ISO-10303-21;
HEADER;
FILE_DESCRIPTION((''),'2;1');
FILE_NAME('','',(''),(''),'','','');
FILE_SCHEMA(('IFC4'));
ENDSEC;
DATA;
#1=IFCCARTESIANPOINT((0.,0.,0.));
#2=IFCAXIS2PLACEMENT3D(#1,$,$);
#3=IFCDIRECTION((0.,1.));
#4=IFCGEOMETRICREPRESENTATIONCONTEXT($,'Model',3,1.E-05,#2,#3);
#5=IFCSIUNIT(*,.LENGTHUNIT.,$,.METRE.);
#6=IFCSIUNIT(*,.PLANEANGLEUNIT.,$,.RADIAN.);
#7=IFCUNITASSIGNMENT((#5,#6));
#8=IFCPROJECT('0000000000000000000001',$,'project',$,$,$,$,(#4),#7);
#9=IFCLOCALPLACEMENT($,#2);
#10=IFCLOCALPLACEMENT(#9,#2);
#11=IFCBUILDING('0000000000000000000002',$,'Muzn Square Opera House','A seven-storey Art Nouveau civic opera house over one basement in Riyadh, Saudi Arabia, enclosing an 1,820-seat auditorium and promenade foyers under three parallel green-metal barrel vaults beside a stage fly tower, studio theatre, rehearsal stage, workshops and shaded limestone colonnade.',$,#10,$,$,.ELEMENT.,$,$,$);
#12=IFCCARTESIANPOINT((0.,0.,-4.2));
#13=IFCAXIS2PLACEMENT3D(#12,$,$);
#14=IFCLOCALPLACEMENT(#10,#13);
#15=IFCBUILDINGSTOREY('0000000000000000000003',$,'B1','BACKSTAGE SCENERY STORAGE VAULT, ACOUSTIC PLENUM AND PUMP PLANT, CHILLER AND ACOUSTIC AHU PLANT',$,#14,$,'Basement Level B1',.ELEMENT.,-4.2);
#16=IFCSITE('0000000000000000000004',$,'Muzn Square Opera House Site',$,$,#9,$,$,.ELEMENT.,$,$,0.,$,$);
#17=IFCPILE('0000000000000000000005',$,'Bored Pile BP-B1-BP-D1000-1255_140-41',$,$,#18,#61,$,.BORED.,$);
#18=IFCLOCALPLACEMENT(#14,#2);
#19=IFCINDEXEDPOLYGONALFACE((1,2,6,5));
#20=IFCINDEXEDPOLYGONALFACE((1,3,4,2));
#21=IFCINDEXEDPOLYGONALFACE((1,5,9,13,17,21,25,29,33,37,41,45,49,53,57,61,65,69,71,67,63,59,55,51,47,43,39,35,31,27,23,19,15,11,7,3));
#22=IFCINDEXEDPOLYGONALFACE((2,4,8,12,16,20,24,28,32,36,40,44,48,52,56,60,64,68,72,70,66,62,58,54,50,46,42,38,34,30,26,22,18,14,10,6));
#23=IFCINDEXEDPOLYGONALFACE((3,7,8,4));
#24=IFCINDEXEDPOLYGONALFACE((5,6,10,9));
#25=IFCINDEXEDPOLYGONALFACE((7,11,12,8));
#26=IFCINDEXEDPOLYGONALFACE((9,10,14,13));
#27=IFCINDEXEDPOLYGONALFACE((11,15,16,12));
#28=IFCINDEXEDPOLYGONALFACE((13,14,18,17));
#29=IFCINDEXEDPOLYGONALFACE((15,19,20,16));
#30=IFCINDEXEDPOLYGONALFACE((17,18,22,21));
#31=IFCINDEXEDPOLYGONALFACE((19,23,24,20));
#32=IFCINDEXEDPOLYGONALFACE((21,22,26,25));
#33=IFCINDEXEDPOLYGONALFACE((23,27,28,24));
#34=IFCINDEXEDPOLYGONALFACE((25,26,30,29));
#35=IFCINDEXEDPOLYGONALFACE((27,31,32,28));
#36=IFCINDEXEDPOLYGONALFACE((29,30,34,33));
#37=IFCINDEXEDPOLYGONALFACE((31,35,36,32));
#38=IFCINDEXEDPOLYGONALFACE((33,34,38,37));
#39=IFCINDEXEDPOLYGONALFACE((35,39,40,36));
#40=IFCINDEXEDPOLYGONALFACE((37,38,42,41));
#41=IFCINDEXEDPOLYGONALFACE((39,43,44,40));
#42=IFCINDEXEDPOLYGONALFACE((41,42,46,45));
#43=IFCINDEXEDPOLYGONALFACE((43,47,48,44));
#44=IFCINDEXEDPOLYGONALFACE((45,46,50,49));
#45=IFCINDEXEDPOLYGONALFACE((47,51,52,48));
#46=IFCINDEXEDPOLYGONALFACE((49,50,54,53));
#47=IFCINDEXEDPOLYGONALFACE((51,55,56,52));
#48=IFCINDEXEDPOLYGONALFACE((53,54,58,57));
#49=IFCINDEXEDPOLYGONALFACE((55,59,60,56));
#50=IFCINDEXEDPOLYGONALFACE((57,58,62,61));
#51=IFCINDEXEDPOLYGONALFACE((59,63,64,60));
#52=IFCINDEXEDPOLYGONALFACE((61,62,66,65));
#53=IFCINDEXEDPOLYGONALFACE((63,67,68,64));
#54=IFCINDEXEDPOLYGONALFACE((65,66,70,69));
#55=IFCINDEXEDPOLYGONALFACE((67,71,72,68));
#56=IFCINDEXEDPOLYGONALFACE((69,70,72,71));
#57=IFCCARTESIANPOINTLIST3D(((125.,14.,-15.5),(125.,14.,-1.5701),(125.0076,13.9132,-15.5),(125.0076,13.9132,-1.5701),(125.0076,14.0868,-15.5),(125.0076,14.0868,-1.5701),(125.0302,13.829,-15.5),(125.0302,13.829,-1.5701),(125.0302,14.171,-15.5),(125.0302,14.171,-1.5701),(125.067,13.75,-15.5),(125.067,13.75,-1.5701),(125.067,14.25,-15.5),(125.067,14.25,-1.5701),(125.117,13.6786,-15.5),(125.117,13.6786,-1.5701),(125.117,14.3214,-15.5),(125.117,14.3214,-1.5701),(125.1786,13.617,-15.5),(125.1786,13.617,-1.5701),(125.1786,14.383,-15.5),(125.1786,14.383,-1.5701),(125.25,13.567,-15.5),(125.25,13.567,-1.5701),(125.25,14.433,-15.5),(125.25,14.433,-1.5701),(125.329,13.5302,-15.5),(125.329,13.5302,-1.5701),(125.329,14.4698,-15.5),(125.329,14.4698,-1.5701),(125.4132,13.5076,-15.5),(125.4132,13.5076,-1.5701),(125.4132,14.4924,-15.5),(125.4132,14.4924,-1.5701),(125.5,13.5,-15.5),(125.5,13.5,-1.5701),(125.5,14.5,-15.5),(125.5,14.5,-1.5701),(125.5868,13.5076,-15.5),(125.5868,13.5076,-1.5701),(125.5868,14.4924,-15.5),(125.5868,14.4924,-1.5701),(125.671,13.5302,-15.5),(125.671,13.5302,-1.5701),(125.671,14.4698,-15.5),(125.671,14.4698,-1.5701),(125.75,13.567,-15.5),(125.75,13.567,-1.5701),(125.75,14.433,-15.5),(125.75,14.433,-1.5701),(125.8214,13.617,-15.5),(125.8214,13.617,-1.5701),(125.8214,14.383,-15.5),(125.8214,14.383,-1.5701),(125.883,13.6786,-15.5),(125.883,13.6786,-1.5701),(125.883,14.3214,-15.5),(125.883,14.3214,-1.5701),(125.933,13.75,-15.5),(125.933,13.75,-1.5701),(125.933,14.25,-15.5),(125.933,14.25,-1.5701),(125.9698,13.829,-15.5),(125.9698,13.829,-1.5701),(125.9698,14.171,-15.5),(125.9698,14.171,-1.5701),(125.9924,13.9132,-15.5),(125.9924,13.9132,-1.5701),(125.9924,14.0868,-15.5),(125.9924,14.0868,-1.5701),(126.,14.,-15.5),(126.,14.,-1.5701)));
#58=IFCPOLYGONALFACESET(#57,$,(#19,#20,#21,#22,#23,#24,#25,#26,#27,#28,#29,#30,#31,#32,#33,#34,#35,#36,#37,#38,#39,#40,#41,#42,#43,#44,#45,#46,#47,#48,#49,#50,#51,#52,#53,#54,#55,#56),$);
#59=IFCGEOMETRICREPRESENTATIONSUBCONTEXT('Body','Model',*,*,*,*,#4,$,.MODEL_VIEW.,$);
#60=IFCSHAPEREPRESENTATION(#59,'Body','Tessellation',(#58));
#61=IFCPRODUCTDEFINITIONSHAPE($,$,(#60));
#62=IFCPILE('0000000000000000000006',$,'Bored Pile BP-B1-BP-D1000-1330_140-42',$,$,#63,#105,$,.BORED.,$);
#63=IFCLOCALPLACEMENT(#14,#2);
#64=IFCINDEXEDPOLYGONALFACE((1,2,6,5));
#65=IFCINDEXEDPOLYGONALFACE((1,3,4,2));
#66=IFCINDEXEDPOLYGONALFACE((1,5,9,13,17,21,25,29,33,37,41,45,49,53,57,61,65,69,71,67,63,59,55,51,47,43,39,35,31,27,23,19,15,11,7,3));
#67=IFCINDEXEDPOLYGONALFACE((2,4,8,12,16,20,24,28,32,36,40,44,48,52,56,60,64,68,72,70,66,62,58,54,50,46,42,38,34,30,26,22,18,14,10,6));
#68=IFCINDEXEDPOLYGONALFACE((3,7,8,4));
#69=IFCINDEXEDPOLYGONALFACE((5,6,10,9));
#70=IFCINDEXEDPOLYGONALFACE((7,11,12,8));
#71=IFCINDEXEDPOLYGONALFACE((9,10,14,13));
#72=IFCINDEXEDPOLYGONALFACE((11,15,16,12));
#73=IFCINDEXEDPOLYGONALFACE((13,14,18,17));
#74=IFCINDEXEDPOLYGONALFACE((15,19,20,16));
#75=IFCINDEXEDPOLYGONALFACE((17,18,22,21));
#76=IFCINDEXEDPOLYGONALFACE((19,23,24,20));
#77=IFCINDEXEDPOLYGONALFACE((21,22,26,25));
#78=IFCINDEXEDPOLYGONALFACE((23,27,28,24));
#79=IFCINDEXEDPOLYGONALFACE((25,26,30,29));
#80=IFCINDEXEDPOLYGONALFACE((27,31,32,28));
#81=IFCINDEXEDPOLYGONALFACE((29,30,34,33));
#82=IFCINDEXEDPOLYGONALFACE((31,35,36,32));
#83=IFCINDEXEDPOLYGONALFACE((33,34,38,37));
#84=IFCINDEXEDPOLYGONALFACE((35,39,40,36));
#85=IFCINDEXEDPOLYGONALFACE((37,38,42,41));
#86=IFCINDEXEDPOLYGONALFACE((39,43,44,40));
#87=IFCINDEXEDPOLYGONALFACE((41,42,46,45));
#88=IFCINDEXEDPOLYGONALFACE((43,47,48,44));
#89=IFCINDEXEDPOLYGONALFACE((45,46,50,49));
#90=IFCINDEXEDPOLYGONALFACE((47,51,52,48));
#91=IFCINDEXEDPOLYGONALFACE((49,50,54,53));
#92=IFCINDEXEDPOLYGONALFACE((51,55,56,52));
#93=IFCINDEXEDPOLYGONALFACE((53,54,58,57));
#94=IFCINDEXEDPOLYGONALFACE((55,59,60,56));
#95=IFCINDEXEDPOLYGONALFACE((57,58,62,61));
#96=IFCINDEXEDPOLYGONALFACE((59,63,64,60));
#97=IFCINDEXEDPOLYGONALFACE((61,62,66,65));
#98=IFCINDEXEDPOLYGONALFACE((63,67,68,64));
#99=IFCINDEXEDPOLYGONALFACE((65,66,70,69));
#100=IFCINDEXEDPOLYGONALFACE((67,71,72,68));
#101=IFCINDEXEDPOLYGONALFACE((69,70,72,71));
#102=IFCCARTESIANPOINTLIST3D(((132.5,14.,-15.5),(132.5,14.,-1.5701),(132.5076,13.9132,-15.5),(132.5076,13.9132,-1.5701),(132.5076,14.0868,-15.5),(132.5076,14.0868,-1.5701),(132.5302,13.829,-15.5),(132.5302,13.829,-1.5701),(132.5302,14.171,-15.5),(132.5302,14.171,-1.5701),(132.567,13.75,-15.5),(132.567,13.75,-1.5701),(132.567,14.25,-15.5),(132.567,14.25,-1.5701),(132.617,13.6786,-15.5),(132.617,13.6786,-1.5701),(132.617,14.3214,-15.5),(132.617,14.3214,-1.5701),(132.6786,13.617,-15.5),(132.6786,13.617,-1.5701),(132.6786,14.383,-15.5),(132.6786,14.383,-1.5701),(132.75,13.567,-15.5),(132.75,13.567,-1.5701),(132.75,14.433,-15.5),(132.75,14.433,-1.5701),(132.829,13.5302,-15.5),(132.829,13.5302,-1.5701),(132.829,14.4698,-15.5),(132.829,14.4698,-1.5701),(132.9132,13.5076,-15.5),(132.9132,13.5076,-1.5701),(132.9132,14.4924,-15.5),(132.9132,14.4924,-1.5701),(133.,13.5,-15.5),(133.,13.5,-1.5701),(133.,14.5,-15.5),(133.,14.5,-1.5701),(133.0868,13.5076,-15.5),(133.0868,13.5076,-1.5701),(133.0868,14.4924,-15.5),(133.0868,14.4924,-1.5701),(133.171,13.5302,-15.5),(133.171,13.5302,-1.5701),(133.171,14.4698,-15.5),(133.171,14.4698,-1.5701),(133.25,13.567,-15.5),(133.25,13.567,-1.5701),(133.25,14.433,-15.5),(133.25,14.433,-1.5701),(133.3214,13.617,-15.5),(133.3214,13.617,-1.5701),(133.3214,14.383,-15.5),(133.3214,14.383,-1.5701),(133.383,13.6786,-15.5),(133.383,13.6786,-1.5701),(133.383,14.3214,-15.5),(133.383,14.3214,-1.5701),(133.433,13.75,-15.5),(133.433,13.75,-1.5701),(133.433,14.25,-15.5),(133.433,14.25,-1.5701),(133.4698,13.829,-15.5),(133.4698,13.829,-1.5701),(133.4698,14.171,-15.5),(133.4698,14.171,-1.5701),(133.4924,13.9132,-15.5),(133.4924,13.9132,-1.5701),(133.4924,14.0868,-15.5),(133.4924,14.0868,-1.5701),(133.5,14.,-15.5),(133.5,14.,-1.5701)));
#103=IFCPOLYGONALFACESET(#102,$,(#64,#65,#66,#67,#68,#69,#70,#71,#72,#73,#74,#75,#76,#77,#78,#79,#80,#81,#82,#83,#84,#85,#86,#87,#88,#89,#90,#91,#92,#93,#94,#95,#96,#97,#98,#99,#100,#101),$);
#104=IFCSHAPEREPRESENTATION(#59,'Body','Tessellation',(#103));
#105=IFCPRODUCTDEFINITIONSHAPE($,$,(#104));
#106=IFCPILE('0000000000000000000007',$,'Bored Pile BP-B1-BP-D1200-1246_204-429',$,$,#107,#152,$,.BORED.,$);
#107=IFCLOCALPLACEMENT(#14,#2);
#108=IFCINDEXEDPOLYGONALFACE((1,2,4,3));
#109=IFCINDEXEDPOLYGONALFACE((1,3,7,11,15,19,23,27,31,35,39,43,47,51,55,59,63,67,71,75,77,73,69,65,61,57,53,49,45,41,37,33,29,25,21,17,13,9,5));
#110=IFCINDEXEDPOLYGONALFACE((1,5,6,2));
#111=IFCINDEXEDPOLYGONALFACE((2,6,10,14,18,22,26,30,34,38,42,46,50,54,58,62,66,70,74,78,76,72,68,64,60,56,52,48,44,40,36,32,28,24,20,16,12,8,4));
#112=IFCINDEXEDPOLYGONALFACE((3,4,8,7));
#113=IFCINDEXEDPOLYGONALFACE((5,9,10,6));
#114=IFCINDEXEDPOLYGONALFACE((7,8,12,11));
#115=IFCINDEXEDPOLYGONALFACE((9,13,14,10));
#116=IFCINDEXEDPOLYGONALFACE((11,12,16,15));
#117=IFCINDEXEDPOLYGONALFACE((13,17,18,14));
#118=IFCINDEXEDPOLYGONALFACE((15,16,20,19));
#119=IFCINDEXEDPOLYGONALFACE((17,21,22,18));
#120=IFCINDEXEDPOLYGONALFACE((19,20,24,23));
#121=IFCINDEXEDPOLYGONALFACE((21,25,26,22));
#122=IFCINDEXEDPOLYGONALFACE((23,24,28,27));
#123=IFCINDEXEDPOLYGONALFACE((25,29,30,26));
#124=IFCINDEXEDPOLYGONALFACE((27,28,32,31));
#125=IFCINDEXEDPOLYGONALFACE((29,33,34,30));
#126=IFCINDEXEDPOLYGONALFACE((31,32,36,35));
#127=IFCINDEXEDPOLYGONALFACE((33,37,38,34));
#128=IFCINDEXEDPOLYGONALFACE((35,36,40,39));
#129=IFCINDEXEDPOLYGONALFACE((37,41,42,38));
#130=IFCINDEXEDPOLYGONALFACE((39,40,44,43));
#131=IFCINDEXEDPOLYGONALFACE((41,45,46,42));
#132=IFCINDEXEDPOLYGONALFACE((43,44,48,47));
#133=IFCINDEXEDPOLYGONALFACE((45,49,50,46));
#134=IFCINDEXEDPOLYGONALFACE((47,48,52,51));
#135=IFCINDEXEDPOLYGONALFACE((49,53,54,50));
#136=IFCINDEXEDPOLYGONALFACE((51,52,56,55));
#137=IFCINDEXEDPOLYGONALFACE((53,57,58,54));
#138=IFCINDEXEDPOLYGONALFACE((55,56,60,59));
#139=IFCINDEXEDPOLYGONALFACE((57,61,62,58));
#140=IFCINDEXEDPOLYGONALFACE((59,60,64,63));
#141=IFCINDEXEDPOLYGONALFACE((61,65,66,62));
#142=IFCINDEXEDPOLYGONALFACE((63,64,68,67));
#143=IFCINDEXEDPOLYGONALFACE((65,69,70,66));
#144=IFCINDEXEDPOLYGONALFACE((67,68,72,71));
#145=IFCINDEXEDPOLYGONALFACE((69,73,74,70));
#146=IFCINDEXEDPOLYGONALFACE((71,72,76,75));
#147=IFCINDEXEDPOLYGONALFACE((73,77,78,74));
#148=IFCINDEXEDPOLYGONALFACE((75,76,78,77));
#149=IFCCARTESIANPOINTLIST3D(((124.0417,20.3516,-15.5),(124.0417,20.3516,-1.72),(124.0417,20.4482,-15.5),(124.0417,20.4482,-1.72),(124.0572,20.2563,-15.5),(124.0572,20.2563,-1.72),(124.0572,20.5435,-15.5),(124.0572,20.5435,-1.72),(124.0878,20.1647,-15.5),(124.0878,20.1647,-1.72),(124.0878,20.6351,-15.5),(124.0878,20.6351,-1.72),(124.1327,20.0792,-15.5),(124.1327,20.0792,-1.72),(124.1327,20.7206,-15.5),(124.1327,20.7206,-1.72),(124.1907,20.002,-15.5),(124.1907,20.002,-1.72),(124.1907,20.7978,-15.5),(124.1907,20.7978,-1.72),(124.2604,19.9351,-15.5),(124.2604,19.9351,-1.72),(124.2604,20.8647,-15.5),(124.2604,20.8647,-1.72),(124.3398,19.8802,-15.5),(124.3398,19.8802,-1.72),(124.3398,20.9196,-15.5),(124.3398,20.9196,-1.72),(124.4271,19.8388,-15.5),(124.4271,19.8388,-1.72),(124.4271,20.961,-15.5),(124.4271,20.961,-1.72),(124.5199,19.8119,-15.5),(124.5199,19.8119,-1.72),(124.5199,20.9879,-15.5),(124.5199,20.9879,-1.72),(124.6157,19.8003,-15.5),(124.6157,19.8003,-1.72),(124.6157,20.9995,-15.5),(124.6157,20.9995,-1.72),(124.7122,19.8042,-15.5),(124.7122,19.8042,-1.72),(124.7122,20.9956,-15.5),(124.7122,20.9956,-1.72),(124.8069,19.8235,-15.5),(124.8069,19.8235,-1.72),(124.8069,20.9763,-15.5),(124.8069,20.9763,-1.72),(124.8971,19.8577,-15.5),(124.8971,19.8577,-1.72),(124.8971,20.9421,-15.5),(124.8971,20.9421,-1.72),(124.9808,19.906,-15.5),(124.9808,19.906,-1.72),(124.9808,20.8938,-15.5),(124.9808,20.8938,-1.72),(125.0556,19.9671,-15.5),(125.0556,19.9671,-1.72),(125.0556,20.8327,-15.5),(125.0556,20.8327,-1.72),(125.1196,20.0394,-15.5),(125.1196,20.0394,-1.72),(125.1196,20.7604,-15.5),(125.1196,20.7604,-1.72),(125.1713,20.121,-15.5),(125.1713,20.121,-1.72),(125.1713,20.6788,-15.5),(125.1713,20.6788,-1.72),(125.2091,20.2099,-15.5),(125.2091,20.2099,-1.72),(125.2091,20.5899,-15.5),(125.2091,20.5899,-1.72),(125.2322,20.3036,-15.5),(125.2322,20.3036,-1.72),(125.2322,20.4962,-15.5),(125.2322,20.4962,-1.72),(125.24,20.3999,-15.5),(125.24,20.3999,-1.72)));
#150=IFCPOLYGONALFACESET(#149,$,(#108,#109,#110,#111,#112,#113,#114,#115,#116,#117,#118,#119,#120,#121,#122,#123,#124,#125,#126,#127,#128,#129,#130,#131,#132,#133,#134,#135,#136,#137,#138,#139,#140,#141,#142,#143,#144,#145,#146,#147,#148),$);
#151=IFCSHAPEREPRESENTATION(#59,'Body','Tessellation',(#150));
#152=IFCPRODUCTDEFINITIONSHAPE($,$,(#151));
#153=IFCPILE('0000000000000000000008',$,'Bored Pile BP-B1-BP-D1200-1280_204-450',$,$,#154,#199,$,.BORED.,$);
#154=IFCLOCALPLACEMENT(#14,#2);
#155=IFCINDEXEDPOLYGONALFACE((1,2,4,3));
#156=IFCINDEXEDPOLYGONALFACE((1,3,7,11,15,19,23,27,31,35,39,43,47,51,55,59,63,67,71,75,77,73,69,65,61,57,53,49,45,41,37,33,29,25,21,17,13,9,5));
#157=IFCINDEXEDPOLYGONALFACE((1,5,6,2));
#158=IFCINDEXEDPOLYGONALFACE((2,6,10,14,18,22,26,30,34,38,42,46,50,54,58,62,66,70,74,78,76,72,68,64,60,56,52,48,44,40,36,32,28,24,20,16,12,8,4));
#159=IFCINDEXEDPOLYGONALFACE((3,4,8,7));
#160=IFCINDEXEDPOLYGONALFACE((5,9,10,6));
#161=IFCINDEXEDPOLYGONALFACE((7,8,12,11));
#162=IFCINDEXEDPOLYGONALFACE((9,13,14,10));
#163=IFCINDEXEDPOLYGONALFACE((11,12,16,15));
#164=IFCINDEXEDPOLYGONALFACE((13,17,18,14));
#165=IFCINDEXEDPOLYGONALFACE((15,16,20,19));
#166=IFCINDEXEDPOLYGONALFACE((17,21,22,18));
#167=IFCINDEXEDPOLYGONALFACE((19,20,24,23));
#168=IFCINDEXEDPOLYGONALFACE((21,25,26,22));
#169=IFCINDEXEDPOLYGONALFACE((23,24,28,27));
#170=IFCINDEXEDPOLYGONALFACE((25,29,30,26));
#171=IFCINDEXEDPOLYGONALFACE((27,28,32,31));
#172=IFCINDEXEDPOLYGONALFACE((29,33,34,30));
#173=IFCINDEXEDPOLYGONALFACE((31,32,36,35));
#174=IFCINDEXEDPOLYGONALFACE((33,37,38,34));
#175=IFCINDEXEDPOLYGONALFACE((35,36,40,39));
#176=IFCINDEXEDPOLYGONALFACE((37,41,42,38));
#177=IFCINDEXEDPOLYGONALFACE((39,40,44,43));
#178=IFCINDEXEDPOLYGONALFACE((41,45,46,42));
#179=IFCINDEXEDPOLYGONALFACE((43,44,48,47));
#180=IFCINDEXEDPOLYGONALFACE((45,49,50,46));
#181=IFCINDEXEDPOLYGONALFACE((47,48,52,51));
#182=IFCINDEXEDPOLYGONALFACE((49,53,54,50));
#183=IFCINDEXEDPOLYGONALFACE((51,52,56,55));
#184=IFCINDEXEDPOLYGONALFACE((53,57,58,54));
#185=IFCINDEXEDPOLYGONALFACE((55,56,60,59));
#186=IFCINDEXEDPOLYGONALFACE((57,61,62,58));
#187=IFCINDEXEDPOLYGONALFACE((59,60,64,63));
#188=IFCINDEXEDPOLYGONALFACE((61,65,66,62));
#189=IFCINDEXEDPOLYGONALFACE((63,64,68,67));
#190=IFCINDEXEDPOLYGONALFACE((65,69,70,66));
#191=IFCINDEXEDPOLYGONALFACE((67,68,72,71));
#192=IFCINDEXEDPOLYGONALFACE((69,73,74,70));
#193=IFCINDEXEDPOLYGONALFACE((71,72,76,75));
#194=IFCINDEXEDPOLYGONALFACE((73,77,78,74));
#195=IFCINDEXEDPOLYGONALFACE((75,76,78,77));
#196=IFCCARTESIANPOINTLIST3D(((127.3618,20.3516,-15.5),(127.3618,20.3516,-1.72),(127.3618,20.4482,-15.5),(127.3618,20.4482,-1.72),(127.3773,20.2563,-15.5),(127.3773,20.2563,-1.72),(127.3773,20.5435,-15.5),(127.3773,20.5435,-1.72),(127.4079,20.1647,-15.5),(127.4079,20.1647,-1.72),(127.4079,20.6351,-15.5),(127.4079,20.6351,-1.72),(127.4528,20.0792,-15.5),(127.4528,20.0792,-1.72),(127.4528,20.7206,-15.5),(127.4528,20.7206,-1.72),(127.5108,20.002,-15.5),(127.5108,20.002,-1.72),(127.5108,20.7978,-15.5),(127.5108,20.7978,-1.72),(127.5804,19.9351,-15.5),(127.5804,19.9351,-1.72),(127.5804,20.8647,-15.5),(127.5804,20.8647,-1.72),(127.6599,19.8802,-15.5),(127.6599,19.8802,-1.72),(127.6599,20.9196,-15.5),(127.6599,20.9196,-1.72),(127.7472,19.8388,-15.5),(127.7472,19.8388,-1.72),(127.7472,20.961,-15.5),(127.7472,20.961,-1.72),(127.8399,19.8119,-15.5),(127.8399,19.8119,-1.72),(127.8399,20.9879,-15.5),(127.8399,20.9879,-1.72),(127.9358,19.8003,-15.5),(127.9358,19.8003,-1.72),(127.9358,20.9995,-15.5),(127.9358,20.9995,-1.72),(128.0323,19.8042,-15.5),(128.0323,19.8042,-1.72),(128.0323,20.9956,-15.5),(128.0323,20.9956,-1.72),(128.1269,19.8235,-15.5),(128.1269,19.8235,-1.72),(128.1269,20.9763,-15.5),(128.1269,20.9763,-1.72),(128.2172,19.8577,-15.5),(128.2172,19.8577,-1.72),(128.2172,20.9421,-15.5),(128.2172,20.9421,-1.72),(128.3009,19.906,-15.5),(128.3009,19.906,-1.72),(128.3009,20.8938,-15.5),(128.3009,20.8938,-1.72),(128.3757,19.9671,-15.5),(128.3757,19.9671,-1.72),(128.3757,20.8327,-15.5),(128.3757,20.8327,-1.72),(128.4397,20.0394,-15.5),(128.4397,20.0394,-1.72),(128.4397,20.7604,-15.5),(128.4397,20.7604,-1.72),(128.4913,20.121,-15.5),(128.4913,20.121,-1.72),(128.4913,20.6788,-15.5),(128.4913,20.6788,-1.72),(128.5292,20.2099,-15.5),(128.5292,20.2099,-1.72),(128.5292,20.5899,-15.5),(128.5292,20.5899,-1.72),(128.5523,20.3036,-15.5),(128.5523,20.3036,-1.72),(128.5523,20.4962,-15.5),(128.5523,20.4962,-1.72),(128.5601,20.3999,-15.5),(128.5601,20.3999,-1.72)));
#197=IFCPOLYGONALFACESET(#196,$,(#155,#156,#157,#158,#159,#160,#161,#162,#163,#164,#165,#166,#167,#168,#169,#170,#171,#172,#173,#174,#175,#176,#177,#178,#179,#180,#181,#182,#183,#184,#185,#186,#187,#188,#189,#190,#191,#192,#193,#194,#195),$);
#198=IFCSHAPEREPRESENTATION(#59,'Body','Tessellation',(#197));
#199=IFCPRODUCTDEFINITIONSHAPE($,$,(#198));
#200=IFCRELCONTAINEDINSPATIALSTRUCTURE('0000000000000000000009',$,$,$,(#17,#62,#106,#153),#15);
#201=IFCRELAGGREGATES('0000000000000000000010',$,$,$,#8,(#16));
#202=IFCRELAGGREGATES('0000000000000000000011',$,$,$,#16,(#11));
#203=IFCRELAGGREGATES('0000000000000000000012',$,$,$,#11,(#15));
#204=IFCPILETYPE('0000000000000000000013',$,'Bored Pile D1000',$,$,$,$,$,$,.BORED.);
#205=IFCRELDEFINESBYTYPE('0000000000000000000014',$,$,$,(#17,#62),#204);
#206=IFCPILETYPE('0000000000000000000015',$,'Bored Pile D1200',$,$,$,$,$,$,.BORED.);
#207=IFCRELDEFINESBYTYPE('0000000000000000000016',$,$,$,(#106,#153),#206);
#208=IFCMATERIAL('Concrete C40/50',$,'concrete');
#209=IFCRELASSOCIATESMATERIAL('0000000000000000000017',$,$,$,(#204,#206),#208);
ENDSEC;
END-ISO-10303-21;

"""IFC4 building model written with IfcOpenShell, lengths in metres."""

from ifc_helpers import new_model, si_unit, direction, frame, origin, origin_2d, place, context, subcontext, project, spatial, circle, extrude, material, material_profile, profile_set, type_object, element, save


model = new_model("IFC4")

# Units and contexts
model_context = context("Model", 3, precision=1e-05, world=origin(), true_north=direction((0.0, 1.0)))
body_context = subcontext(model_context, "Body", "Model", "MODEL_VIEW")
ifc_project = project(units=[si_unit("LENGTHUNIT", "METRE"), si_unit("PLANEANGLEUNIT", "RADIAN")], contexts=[model_context])

# Site, building, storey
site_placement = place(None, origin())
site = spatial("IfcSite", under=ifc_project, at=site_placement, Name="Muzn Square Opera House Site", CompositionType="ELEMENT", RefElevation=0.0)
building_placement = place(site_placement, origin())
building = spatial("IfcBuilding", under=site, at=building_placement, Name="Muzn Square Opera House", Description="A seven-storey Art Nouveau civic opera house over one basement in Riyadh, Saudi Arabia, enclosing an 1,820-seat auditorium and promenade foyers under three parallel green-metal barrel vaults beside a stage fly tower, studio theatre, rehearsal stage, workshops and shaded limestone colonnade.", CompositionType="ELEMENT")
storey_placement = place(building_placement, frame((0.0, 0.0, -4.2)))
storey = spatial("IfcBuildingStorey", under=building, at=storey_placement, Name="B1", Description="BACKSTAGE SCENERY STORAGE VAULT, ACOUSTIC PLENUM AND PUMP PLANT, CHILLER AND ACOUSTIC AHU PLANT", LongName="Basement Level B1", CompositionType="ELEMENT", Elevation=-4.2)

# Piles
ifc_material_1 = material(Name="Concrete C40/50", Category="concrete")
ifc_material_profile_1 = material_profile(ifc_material_1, circle(Radius=0.5, at=origin_2d()), Name="BORED PILE D1000", Category="concrete")
ifc_profile_set_1 = profile_set([ifc_material_profile_1], Name="Concrete C40/50")
pile_type_1 = type_object("IfcPileType", Name="Bored Pile D1000", PredefinedType="BORED", material=ifc_profile_set_1)
for number, where, z_axis, x_axis, name in (
    (1, (125.5, 14.0, -1.5701), (0.0, 0.0, -1.0), (1.0, 0.0, 0.0), "Bored Pile BP-B1-BP-D1000-1255_140-41"),
    (2, (133.0, 14.0, -1.5701), (0.0, 0.0, -1.0), (1.0, 0.0, 0.0), "Bored Pile BP-B1-BP-D1000-1330_140-42"),
):
    element("IfcPile", number, at=place(storey_placement, frame(where, z_axis=z_axis, x_axis=x_axis)), inside=storey, type_object=pile_type_1, Name=name, PredefinedType="BORED", context=body_context, shape_type="SweptSolid", body=[
        extrude(circle(Radius=0.5, at=origin_2d()), origin(), (0.0, 0.0, 1.0), 13.9299),
    ])
ifc_material_profile_2 = material_profile(ifc_material_1, circle(Radius=0.6001, at=origin_2d()), Name="BORED PILE D1200", Category="concrete")
ifc_profile_set_2 = profile_set([ifc_material_profile_2], Name="Concrete C40/50")
pile_type_2 = type_object("IfcPileType", Name="Bored Pile D1200", PredefinedType="BORED", material=ifc_profile_set_2)
for number, where, z_axis, x_axis, name in (
    (3, (124.6399, 20.3999, -1.72), (0.0, 0.0, -1.0), (1.0, 0.0, 0.0), "Bored Pile BP-B1-BP-D1200-1246_204-429"),
    (4, (127.96, 20.3999, -1.72), (0.0, 0.0, -1.0), (1.0, 0.0, 0.0), "Bored Pile BP-B1-BP-D1200-1280_204-450"),
):
    element("IfcPile", number, at=place(storey_placement, frame(where, z_axis=z_axis, x_axis=x_axis)), inside=storey, type_object=pile_type_2, Name=name, PredefinedType="BORED", context=body_context, shape_type="SweptSolid", body=[
        extrude(circle(Radius=0.6001, at=origin_2d()), origin(), (0.0, 0.0, 1.0), 13.78),
    ])

save(model, "model.ifc")
